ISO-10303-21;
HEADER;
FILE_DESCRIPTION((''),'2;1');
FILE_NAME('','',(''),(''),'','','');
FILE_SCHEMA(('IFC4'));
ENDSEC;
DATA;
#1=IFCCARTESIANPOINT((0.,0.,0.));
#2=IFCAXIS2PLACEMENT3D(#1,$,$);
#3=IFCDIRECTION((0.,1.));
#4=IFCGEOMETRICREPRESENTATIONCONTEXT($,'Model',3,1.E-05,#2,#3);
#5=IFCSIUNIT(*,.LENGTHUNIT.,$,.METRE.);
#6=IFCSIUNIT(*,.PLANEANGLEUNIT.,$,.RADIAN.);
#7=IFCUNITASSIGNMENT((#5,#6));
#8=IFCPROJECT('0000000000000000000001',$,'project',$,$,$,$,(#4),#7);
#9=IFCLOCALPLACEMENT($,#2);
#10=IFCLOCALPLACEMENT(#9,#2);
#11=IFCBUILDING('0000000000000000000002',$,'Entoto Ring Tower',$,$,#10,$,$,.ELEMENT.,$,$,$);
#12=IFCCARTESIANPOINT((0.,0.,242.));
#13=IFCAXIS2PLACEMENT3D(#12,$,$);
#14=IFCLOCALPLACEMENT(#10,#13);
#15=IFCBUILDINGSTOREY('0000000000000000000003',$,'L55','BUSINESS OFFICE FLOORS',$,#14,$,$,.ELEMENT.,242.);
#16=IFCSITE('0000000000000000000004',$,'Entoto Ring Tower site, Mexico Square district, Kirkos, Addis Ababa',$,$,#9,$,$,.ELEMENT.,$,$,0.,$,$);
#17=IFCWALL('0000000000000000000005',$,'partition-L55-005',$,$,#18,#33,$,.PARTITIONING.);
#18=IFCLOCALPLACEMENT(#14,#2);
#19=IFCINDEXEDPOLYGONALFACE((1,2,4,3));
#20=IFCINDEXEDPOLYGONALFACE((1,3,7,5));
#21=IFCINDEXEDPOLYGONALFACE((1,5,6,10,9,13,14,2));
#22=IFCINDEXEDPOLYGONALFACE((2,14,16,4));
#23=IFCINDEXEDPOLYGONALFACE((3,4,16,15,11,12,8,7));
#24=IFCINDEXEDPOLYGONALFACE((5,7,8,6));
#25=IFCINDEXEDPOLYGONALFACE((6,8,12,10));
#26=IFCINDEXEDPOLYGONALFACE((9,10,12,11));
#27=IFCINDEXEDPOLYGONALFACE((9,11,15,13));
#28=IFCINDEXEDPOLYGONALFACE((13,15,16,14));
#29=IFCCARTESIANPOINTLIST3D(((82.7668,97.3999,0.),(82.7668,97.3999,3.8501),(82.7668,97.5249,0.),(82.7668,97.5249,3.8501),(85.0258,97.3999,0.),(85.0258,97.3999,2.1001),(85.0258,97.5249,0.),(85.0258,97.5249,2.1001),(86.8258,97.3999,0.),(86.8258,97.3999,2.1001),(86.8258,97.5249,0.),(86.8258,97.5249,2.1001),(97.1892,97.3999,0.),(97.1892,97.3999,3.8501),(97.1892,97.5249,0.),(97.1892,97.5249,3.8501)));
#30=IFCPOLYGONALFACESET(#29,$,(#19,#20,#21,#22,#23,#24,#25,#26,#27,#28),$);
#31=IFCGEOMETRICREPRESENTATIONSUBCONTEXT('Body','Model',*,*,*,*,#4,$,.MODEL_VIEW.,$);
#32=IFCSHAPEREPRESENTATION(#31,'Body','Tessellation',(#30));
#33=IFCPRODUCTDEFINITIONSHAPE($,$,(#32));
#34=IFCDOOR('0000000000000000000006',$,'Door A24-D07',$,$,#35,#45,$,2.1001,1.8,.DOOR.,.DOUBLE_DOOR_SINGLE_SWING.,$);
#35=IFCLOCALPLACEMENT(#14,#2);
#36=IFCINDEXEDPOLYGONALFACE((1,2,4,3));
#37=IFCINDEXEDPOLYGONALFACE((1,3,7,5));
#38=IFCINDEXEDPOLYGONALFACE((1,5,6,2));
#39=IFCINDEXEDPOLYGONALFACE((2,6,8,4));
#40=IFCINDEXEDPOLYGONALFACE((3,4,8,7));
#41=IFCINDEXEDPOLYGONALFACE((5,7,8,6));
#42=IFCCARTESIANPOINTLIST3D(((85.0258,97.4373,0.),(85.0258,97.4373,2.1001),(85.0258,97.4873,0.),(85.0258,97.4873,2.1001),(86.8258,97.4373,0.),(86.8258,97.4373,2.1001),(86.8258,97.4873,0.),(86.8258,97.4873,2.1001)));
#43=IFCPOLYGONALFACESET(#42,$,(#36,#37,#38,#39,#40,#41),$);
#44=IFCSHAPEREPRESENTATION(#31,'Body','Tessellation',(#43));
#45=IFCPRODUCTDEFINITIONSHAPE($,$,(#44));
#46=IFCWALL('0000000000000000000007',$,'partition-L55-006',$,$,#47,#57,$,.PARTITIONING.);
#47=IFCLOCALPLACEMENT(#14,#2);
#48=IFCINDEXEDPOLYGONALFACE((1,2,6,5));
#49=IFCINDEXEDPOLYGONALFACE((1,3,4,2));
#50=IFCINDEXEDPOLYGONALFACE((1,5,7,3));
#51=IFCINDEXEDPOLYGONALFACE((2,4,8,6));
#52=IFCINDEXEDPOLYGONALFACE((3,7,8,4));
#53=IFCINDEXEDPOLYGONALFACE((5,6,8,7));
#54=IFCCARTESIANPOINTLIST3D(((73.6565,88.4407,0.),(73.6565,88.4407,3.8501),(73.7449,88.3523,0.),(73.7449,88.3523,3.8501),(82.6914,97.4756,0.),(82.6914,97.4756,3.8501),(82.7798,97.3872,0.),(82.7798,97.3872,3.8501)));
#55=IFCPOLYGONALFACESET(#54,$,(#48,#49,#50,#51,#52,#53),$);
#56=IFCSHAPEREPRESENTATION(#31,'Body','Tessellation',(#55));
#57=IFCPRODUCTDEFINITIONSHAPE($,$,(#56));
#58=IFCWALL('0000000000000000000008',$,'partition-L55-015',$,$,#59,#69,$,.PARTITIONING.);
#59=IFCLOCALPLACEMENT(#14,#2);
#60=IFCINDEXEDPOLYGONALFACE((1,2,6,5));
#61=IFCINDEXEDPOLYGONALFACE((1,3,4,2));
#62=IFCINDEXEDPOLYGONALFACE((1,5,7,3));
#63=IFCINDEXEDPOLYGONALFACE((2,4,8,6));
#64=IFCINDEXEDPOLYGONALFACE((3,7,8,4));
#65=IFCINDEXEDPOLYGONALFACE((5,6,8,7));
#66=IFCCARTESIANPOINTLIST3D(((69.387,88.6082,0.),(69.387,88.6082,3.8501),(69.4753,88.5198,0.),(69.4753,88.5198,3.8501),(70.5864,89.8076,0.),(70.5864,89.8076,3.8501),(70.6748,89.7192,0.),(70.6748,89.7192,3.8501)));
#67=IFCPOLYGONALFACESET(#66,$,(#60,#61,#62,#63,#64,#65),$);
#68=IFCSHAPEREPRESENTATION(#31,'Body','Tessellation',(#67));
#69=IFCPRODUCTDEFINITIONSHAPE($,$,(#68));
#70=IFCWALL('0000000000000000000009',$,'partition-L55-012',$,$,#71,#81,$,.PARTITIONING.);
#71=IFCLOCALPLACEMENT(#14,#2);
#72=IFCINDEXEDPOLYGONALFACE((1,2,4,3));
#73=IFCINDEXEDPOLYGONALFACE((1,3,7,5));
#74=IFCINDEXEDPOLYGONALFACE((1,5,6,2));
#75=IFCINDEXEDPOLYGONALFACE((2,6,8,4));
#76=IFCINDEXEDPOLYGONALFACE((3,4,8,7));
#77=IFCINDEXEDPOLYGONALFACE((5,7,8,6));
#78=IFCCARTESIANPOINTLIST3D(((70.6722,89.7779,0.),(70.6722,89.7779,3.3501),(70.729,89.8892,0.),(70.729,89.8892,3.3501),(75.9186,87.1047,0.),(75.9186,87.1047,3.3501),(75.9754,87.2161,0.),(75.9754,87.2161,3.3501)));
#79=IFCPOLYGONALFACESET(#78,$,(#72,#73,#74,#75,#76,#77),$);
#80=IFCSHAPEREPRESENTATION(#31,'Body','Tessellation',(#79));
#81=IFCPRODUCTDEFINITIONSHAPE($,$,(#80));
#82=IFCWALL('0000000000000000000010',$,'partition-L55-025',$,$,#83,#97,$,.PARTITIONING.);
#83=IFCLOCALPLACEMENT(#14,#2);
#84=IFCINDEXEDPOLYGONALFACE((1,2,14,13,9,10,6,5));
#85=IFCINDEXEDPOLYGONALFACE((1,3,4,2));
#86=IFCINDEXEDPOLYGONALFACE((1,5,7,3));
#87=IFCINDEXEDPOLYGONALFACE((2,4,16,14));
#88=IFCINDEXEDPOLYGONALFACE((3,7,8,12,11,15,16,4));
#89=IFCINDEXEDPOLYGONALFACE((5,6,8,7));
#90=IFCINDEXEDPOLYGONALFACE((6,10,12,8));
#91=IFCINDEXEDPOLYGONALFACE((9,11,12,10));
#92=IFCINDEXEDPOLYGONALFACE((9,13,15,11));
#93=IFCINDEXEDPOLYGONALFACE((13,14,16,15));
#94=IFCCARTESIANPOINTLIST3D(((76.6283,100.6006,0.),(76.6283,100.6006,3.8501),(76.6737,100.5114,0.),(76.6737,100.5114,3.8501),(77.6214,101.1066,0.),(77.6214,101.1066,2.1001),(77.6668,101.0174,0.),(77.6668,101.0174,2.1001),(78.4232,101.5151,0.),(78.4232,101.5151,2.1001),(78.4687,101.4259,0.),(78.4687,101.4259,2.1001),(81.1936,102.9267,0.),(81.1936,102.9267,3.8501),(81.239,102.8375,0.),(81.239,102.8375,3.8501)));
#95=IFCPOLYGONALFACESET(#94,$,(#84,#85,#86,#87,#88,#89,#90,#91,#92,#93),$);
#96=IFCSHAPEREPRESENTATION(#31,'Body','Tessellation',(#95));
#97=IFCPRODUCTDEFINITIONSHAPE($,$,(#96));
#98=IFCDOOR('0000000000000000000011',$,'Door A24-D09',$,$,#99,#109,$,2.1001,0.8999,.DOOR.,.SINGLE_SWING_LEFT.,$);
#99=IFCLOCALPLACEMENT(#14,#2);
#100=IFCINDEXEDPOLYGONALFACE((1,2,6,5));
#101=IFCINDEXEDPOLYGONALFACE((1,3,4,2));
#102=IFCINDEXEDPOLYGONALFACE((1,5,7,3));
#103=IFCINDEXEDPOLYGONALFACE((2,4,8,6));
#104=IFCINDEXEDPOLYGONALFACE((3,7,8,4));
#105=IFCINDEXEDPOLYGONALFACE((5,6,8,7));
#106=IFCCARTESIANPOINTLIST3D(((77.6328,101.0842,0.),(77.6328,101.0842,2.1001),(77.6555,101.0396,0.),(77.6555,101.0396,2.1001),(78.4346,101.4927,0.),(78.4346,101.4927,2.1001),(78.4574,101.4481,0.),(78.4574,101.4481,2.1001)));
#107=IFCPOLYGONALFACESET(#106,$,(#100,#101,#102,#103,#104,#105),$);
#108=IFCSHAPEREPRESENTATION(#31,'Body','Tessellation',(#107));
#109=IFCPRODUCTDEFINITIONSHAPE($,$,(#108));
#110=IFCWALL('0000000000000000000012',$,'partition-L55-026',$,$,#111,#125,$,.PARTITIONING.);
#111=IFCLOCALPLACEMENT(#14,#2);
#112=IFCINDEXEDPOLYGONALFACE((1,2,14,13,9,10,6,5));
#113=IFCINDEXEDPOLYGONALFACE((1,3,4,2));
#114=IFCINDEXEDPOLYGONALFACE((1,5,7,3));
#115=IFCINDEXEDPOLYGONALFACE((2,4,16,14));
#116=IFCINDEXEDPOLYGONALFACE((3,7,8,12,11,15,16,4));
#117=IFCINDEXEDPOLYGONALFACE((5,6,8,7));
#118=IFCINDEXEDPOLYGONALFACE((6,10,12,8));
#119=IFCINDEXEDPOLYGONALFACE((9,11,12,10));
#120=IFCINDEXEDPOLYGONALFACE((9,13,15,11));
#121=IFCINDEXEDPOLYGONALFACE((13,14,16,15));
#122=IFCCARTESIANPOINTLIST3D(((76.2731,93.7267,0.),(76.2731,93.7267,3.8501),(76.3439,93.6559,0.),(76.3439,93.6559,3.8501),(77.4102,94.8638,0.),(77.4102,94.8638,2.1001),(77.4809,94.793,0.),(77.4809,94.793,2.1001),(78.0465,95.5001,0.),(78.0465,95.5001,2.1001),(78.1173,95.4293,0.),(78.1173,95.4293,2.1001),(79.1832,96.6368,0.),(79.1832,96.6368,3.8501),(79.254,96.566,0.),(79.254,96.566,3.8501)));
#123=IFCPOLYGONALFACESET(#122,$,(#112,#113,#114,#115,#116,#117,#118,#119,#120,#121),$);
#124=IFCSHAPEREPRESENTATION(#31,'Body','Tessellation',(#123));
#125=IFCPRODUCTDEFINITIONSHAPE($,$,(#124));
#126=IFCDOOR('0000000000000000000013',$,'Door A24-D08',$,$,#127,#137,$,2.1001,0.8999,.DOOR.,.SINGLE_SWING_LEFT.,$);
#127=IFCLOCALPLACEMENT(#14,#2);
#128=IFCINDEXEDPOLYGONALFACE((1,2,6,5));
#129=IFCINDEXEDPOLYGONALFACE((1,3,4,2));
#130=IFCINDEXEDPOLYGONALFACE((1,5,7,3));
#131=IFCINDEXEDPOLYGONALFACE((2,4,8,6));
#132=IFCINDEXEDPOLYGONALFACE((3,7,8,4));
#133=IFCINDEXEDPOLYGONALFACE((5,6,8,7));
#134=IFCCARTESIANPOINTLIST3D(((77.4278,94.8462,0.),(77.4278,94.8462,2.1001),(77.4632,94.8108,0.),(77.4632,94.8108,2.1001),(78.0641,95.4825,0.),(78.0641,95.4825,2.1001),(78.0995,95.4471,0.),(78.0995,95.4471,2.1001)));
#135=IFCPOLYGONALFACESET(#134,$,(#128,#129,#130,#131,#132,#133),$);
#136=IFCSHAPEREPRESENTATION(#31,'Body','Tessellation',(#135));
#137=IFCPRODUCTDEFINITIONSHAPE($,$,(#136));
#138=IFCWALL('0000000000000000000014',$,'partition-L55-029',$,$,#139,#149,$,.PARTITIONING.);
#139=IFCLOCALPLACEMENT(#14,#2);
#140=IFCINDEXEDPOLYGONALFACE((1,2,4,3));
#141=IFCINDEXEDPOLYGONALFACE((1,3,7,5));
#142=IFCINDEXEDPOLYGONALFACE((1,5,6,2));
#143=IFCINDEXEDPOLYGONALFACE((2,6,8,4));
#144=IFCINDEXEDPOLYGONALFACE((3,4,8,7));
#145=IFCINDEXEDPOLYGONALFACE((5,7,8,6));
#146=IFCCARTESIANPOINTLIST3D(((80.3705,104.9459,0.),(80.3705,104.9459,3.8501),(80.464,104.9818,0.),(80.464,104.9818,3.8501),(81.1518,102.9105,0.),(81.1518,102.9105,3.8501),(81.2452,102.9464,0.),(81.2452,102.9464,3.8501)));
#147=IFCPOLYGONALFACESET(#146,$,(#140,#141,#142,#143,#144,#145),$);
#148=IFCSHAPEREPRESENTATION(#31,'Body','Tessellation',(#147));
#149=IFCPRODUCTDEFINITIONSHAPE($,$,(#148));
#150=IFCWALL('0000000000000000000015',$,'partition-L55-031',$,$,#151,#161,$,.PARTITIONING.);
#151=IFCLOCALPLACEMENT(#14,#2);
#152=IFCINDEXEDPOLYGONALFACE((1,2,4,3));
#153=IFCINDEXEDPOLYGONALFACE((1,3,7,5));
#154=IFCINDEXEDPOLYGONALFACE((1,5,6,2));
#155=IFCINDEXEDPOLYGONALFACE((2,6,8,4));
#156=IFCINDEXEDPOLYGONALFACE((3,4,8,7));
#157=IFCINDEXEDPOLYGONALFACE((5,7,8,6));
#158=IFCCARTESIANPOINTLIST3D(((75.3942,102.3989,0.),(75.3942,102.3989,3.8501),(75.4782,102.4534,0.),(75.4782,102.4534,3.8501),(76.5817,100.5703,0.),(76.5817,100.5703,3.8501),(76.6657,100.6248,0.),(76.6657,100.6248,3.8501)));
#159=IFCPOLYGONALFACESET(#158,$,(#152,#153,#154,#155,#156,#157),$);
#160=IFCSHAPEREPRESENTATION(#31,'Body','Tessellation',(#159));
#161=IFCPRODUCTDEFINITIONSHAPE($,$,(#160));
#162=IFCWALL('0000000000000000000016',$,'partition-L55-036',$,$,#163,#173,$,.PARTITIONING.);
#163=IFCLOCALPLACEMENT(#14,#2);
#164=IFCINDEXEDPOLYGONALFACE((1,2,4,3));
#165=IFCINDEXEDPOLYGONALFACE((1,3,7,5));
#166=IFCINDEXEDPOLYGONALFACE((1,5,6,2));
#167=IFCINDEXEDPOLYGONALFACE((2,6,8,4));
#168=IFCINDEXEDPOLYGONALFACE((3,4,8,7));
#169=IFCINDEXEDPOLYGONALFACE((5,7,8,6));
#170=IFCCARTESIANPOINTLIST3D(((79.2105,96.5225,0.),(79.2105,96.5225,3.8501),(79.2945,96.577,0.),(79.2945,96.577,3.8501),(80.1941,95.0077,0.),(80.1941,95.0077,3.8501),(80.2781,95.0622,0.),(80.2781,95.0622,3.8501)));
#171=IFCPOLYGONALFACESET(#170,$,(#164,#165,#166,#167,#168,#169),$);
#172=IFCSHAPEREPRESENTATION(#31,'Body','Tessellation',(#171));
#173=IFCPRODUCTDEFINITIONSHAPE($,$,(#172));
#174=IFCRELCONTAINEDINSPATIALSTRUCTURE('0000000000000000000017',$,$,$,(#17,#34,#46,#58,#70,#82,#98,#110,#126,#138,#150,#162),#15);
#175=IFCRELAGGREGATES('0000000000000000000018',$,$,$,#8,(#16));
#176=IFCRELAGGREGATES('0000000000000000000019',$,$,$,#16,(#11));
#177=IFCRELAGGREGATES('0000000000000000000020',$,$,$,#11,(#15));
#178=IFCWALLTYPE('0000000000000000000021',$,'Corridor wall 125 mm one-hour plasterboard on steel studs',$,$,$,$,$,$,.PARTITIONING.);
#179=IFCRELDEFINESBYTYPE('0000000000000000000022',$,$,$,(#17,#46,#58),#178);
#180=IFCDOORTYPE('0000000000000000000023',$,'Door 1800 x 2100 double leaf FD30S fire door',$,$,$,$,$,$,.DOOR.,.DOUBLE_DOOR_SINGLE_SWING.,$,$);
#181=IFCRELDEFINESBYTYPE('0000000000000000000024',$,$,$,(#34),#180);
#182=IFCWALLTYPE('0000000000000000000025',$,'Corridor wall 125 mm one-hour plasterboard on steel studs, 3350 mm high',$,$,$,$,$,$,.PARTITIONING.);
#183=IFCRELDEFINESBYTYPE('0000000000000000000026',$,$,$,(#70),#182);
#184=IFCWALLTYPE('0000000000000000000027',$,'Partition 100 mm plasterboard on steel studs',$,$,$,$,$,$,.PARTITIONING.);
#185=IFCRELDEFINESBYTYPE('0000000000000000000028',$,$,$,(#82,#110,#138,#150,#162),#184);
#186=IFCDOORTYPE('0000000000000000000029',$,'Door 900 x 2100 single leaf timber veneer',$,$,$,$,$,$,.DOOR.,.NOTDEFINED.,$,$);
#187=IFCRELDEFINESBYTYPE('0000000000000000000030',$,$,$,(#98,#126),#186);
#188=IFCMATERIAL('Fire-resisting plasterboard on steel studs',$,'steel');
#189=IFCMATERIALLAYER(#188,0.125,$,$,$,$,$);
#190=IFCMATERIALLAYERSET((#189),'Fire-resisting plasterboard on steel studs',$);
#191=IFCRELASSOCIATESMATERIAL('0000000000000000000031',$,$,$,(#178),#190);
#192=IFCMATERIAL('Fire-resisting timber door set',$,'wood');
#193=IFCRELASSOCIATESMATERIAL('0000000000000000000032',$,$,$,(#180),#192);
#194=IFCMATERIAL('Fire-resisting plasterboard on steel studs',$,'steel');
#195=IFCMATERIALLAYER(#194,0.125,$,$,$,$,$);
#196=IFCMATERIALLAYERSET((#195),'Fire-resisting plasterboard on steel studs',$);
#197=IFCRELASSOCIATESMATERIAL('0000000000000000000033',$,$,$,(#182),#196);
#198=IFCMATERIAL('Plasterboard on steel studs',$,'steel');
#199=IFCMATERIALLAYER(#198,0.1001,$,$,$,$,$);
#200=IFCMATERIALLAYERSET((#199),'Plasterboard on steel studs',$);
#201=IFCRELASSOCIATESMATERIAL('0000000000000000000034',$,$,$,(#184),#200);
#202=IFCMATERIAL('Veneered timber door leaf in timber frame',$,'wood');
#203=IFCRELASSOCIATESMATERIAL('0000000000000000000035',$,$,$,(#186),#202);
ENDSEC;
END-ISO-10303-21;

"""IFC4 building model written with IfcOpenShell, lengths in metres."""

from ifc_helpers import new_model, si_unit, direction, frame, frame_2d, origin, place, context, subcontext, project, spatial, rectangle, extrude, material, layer, layer_set, type_object, element, fill, save


model = new_model("IFC4")

# Units and contexts
model_context = context("Model", 3, precision=1e-05, world=origin(), true_north=direction((0.0, 1.0)))
body_context = subcontext(model_context, "Body", "Model", "MODEL_VIEW")
ifc_project = project(units=[si_unit("LENGTHUNIT", "METRE"), si_unit("PLANEANGLEUNIT", "RADIAN")], contexts=[model_context])

# Site, building, storey
site_placement = place(None, origin())
site = spatial("IfcSite", under=ifc_project, at=site_placement, Name="Entoto Ring Tower site, Mexico Square district, Kirkos, Addis Ababa", CompositionType="ELEMENT", RefElevation=0.0)
building_placement = place(site_placement, origin())
building = spatial("IfcBuilding", under=site, at=building_placement, Name="Entoto Ring Tower", CompositionType="ELEMENT")
storey_placement = place(building_placement, frame((0.0, 0.0, 242.0)))
storey = spatial("IfcBuildingStorey", under=building, at=storey_placement, Name="L55", Description="BUSINESS OFFICE FLOORS", CompositionType="ELEMENT", Elevation=242.0)

# Wall, opening, door
ifc_material_1 = material(Name="Fire-resisting plasterboard on steel studs", Category="steel")
ifc_layer_1 = layer(ifc_material_1, 0.125)
ifc_layer_set_1 = layer_set([ifc_layer_1], Name="Fire-resisting plasterboard on steel studs")
wall_type_1 = type_object("IfcWallType", Name="Corridor wall 125 mm one-hour plasterboard on steel studs", PredefinedType="PARTITIONING", material=ifc_layer_set_1)
wall_1_placement = place(storey_placement, frame((82.7668, 97.4624, 0.0), z_axis=(0.0, 0.0, 1.0), x_axis=(1.0, 0.0, 0.0)))
wall_1 = element("IfcWall", 1, at=wall_1_placement, inside=storey, type_object=wall_type_1, Name="partition-L55-005", PredefinedType="PARTITIONING", context=body_context, shape_type="SweptSolid", body=[
    extrude(rectangle(XDim=14.4224, YDim=0.125, at=frame_2d((7.2112, 0.0))), origin(), (0.0, 0.0, 1.0), 3.8501),
])
opening_1_placement = place(wall_1_placement, frame((2.259, 0.0, 0.0)))
opening_1 = element("IfcOpeningElement", 2, at=opening_1_placement, cuts=wall_1, PredefinedType="OPENING", context=body_context, shape_type="SweptSolid", body=[
    extrude(rectangle(XDim=1.8, YDim=2.1001, at=frame_2d((0.8999, 1.05))), frame((0.0, 0.0725, 0.0), z_axis=(0.0, -1.0, 0.0), x_axis=(1.0, 0.0, 0.0)), (0.0, 0.0, 1.0), 0.145),
])
ifc_material_2 = material(Name="Fire-resisting timber door set", Category="wood")
door_type_1 = type_object("IfcDoorType", Name="Door 1800 x 2100 double leaf FD30S fire door", OperationType="DOUBLE_DOOR_SINGLE_SWING", PredefinedType="DOOR", material=ifc_material_2)
door_1_placement = place(opening_1_placement, origin())
door_1 = element("IfcDoor", 3, at=door_1_placement, inside=storey, type_object=door_type_1, Name="Door A24-D07", OperationType="DOUBLE_DOOR_SINGLE_SWING", OverallHeight=2.1001, OverallWidth=1.8, PredefinedType="DOOR", context=body_context, shape_type="SweptSolid", body=[
    extrude(rectangle(XDim=1.8, YDim=2.1001, at=frame_2d((0.8999, 1.05))), frame((0.0, 0.0249, 0.0), z_axis=(0.0, -1.0, 0.0), x_axis=(1.0, 0.0, 0.0)), (0.0, 0.0, 1.0), 0.05),
])
fill(opening_1, door_1)

# Walls
wall_2_placement = place(storey_placement, frame((73.7007, 88.3965, 0.0), z_axis=(0.0, 0.0, 1.0), x_axis=(0.707107, 0.707107, 0.0)))
element("IfcWall", 4, at=wall_2_placement, inside=storey, type_object=wall_type_1, Name="partition-L55-006", PredefinedType="PARTITIONING", context=body_context, shape_type="SweptSolid", body=[
    extrude(rectangle(XDim=12.7773, YDim=0.125, at=frame_2d((6.3887, 0.0))), origin(), (0.0, 0.0, 1.0), 3.8501),
])
wall_3_placement = place(storey_placement, frame((69.4312, 88.564, 0.0), z_axis=(0.0, 0.0, 1.0), x_axis=(0.707107, 0.707107, 0.0)))
element("IfcWall", 5, at=wall_3_placement, inside=storey, type_object=wall_type_1, Name="partition-L55-015", PredefinedType="PARTITIONING", context=body_context, shape_type="SweptSolid", body=[
    extrude(rectangle(XDim=1.6963, YDim=0.125, at=frame_2d((0.8481, 0.0))), origin(), (0.0, 0.0, 1.0), 3.8501),
])
ifc_material_3 = material(Name="Fire-resisting plasterboard on steel studs", Category="steel")
ifc_layer_2 = layer(ifc_material_3, 0.125)
ifc_layer_set_2 = layer_set([ifc_layer_2], Name="Fire-resisting plasterboard on steel studs")
wall_type_2 = type_object("IfcWallType", Name="Corridor wall 125 mm one-hour plasterboard on steel studs, 3350 mm high", PredefinedType="PARTITIONING", material=ifc_layer_set_2)
wall_4_placement = place(storey_placement, frame((75.947, 87.1604, 0.0), z_axis=(0.0, 0.0, 1.0), x_axis=(-0.89101, 0.453984, 0.0)))
element("IfcWall", 6, at=wall_4_placement, inside=storey, type_object=wall_type_2, Name="partition-L55-012", PredefinedType="PARTITIONING", context=body_context, shape_type="SweptSolid", body=[
    extrude(rectangle(XDim=5.8882, YDim=0.125, at=frame_2d((2.9441, 0.0))), origin(), (0.0, 0.0, 1.0), 3.3501),
])

# Walls, openings, doors
ifc_material_4 = material(Name="Plasterboard on steel studs", Category="steel")
ifc_layer_3 = layer(ifc_material_4, 0.1001)
ifc_layer_set_3 = layer_set([ifc_layer_3], Name="Plasterboard on steel studs")
wall_type_3 = type_object("IfcWallType", Name="Partition 100 mm plasterboard on steel studs", PredefinedType="PARTITIONING", material=ifc_layer_set_3)
wall_5_placement = place(storey_placement, frame((76.6509, 100.5559, 0.0), z_axis=(0.0, 0.0, 1.0), x_axis=(0.891009, 0.453986, 0.0)))
wall_5 = element("IfcWall", 7, at=wall_5_placement, inside=storey, type_object=wall_type_3, Name="partition-L55-025", PredefinedType="PARTITIONING", context=body_context, shape_type="SweptSolid", body=[
    extrude(rectangle(XDim=5.1238, YDim=0.1001, at=frame_2d((2.562, 0.0))), origin(), (0.0, 0.0, 1.0), 3.8501),
])
opening_2_placement = place(wall_5_placement, frame((1.1147, 0.0, 0.0)))
opening_2 = element("IfcOpeningElement", 8, at=opening_2_placement, cuts=wall_5, PredefinedType="OPENING", context=body_context, shape_type="SweptSolid", body=[
    extrude(rectangle(XDim=0.8999, YDim=2.1001, at=frame_2d((0.45, 1.05))), frame((0.0, 0.0601, 0.0), z_axis=(0.0, -1.0, 0.0), x_axis=(1.0, 0.0, 0.0)), (0.0, 0.0, 1.0), 0.1201),
])
ifc_material_5 = material(Name="Veneered timber door leaf in timber frame", Category="wood")
door_type_2 = type_object("IfcDoorType", Name="Door 900 x 2100 single leaf timber veneer", OperationType="NOTDEFINED", PredefinedType="DOOR", material=ifc_material_5)
door_2_placement = place(opening_2_placement, origin())
door_2 = element("IfcDoor", 9, at=door_2_placement, inside=storey, type_object=door_type_2, Name="Door A24-D09", OperationType="SINGLE_SWING_LEFT", OverallHeight=2.1001, OverallWidth=0.8999, PredefinedType="DOOR", context=body_context, shape_type="SweptSolid", body=[
    extrude(rectangle(XDim=0.8999, YDim=2.1001, at=frame_2d((0.45, 1.05))), frame((0.0, 0.0249, 0.0), z_axis=(0.0, -1.0, 0.0), x_axis=(1.0, 0.0, 0.0)), (0.0, 0.0, 1.0), 0.05),
])
fill(opening_2, door_2)
wall_6_placement = place(storey_placement, frame((76.3086, 93.6914, 0.0), z_axis=(0.0, 0.0, 1.0), x_axis=(0.707107, 0.707107, 0.0)))
wall_6 = element("IfcWall", 10, at=wall_6_placement, inside=storey, type_object=wall_type_3, Name="partition-L55-026", PredefinedType="PARTITIONING", context=body_context, shape_type="SweptSolid", body=[
    extrude(rectangle(XDim=4.1155, YDim=0.1001, at=frame_2d((2.0576, 0.0))), origin(), (0.0, 0.0, 1.0), 3.8501),
])
opening_3_placement = place(wall_6_placement, frame((1.6079, 0.0, 0.0)))
opening_3 = element("IfcOpeningElement", 11, at=opening_3_placement, cuts=wall_6, PredefinedType="OPENING", context=body_context, shape_type="SweptSolid", body=[
    extrude(rectangle(XDim=0.8999, YDim=2.1001, at=frame_2d((0.45, 1.05))), frame((0.0, 0.0601, 0.0), z_axis=(0.0, -1.0, 0.0), x_axis=(1.0, 0.0, 0.0)), (0.0, 0.0, 1.0), 0.1201),
])
door_3_placement = place(opening_3_placement, frame((0.8999, 0.0, 0.0), z_axis=(0.0, 0.0, 1.0), x_axis=(-1.0, 0.0, 0.0)))
door_3 = element("IfcDoor", 12, at=door_3_placement, inside=storey, type_object=door_type_2, Name="Door A24-D08", OperationType="SINGLE_SWING_LEFT", OverallHeight=2.1001, OverallWidth=0.8999, PredefinedType="DOOR", context=body_context, shape_type="SweptSolid", body=[
    extrude(rectangle(XDim=0.8999, YDim=2.1001, at=frame_2d((0.45, 1.05))), frame((0.0, 0.0249, 0.0), z_axis=(0.0, -1.0, 0.0), x_axis=(1.0, 0.0, 0.0)), (0.0, 0.0, 1.0), 0.05),
])
fill(opening_3, door_3)

# Walls
wall_7_placement = place(storey_placement, frame((81.1985, 102.9285, 0.0), z_axis=(0.0, 0.0, 1.0), x_axis=(-0.358341, 0.933591, 0.0)))
element("IfcWall", 13, at=wall_7_placement, inside=storey, type_object=wall_type_3, Name="partition-L55-029", PredefinedType="PARTITIONING", context=body_context, shape_type="SweptSolid", body=[
    extrude(rectangle(XDim=2.1802, YDim=0.1001, at=frame_2d((1.0901, 0.0))), origin(), (0.0, 0.0, 1.0), 3.8501),
])
wall_8_placement = place(storey_placement, frame((76.6238, 100.5974, 0.0), z_axis=(0.0, 0.0, 1.0), x_axis=(-0.544634, 0.838674, 0.0)))
element("IfcWall", 14, at=wall_8_placement, inside=storey, type_object=wall_type_3, Name="partition-L55-031", PredefinedType="PARTITIONING", context=body_context, shape_type="SweptSolid", body=[
    extrude(rectangle(XDim=2.1804, YDim=0.1001, at=frame_2d((1.0903, 0.0))), origin(), (0.0, 0.0, 1.0), 3.8501),
])
wall_9_placement = place(storey_placement, frame((80.2361, 95.0349, 0.0), z_axis=(0.0, 0.0, 1.0), x_axis=(-0.544584, 0.838706, 0.0)))
element("IfcWall", 15, at=wall_9_placement, inside=storey, type_object=wall_type_3, Name="partition-L55-036", PredefinedType="PARTITIONING", context=body_context, shape_type="SweptSolid", body=[
    extrude(rectangle(XDim=1.8062, YDim=0.1001, at=frame_2d((0.9031, 0.0))), origin(), (0.0, 0.0, 1.0), 3.8501),
])

save(model, "model.ifc")
